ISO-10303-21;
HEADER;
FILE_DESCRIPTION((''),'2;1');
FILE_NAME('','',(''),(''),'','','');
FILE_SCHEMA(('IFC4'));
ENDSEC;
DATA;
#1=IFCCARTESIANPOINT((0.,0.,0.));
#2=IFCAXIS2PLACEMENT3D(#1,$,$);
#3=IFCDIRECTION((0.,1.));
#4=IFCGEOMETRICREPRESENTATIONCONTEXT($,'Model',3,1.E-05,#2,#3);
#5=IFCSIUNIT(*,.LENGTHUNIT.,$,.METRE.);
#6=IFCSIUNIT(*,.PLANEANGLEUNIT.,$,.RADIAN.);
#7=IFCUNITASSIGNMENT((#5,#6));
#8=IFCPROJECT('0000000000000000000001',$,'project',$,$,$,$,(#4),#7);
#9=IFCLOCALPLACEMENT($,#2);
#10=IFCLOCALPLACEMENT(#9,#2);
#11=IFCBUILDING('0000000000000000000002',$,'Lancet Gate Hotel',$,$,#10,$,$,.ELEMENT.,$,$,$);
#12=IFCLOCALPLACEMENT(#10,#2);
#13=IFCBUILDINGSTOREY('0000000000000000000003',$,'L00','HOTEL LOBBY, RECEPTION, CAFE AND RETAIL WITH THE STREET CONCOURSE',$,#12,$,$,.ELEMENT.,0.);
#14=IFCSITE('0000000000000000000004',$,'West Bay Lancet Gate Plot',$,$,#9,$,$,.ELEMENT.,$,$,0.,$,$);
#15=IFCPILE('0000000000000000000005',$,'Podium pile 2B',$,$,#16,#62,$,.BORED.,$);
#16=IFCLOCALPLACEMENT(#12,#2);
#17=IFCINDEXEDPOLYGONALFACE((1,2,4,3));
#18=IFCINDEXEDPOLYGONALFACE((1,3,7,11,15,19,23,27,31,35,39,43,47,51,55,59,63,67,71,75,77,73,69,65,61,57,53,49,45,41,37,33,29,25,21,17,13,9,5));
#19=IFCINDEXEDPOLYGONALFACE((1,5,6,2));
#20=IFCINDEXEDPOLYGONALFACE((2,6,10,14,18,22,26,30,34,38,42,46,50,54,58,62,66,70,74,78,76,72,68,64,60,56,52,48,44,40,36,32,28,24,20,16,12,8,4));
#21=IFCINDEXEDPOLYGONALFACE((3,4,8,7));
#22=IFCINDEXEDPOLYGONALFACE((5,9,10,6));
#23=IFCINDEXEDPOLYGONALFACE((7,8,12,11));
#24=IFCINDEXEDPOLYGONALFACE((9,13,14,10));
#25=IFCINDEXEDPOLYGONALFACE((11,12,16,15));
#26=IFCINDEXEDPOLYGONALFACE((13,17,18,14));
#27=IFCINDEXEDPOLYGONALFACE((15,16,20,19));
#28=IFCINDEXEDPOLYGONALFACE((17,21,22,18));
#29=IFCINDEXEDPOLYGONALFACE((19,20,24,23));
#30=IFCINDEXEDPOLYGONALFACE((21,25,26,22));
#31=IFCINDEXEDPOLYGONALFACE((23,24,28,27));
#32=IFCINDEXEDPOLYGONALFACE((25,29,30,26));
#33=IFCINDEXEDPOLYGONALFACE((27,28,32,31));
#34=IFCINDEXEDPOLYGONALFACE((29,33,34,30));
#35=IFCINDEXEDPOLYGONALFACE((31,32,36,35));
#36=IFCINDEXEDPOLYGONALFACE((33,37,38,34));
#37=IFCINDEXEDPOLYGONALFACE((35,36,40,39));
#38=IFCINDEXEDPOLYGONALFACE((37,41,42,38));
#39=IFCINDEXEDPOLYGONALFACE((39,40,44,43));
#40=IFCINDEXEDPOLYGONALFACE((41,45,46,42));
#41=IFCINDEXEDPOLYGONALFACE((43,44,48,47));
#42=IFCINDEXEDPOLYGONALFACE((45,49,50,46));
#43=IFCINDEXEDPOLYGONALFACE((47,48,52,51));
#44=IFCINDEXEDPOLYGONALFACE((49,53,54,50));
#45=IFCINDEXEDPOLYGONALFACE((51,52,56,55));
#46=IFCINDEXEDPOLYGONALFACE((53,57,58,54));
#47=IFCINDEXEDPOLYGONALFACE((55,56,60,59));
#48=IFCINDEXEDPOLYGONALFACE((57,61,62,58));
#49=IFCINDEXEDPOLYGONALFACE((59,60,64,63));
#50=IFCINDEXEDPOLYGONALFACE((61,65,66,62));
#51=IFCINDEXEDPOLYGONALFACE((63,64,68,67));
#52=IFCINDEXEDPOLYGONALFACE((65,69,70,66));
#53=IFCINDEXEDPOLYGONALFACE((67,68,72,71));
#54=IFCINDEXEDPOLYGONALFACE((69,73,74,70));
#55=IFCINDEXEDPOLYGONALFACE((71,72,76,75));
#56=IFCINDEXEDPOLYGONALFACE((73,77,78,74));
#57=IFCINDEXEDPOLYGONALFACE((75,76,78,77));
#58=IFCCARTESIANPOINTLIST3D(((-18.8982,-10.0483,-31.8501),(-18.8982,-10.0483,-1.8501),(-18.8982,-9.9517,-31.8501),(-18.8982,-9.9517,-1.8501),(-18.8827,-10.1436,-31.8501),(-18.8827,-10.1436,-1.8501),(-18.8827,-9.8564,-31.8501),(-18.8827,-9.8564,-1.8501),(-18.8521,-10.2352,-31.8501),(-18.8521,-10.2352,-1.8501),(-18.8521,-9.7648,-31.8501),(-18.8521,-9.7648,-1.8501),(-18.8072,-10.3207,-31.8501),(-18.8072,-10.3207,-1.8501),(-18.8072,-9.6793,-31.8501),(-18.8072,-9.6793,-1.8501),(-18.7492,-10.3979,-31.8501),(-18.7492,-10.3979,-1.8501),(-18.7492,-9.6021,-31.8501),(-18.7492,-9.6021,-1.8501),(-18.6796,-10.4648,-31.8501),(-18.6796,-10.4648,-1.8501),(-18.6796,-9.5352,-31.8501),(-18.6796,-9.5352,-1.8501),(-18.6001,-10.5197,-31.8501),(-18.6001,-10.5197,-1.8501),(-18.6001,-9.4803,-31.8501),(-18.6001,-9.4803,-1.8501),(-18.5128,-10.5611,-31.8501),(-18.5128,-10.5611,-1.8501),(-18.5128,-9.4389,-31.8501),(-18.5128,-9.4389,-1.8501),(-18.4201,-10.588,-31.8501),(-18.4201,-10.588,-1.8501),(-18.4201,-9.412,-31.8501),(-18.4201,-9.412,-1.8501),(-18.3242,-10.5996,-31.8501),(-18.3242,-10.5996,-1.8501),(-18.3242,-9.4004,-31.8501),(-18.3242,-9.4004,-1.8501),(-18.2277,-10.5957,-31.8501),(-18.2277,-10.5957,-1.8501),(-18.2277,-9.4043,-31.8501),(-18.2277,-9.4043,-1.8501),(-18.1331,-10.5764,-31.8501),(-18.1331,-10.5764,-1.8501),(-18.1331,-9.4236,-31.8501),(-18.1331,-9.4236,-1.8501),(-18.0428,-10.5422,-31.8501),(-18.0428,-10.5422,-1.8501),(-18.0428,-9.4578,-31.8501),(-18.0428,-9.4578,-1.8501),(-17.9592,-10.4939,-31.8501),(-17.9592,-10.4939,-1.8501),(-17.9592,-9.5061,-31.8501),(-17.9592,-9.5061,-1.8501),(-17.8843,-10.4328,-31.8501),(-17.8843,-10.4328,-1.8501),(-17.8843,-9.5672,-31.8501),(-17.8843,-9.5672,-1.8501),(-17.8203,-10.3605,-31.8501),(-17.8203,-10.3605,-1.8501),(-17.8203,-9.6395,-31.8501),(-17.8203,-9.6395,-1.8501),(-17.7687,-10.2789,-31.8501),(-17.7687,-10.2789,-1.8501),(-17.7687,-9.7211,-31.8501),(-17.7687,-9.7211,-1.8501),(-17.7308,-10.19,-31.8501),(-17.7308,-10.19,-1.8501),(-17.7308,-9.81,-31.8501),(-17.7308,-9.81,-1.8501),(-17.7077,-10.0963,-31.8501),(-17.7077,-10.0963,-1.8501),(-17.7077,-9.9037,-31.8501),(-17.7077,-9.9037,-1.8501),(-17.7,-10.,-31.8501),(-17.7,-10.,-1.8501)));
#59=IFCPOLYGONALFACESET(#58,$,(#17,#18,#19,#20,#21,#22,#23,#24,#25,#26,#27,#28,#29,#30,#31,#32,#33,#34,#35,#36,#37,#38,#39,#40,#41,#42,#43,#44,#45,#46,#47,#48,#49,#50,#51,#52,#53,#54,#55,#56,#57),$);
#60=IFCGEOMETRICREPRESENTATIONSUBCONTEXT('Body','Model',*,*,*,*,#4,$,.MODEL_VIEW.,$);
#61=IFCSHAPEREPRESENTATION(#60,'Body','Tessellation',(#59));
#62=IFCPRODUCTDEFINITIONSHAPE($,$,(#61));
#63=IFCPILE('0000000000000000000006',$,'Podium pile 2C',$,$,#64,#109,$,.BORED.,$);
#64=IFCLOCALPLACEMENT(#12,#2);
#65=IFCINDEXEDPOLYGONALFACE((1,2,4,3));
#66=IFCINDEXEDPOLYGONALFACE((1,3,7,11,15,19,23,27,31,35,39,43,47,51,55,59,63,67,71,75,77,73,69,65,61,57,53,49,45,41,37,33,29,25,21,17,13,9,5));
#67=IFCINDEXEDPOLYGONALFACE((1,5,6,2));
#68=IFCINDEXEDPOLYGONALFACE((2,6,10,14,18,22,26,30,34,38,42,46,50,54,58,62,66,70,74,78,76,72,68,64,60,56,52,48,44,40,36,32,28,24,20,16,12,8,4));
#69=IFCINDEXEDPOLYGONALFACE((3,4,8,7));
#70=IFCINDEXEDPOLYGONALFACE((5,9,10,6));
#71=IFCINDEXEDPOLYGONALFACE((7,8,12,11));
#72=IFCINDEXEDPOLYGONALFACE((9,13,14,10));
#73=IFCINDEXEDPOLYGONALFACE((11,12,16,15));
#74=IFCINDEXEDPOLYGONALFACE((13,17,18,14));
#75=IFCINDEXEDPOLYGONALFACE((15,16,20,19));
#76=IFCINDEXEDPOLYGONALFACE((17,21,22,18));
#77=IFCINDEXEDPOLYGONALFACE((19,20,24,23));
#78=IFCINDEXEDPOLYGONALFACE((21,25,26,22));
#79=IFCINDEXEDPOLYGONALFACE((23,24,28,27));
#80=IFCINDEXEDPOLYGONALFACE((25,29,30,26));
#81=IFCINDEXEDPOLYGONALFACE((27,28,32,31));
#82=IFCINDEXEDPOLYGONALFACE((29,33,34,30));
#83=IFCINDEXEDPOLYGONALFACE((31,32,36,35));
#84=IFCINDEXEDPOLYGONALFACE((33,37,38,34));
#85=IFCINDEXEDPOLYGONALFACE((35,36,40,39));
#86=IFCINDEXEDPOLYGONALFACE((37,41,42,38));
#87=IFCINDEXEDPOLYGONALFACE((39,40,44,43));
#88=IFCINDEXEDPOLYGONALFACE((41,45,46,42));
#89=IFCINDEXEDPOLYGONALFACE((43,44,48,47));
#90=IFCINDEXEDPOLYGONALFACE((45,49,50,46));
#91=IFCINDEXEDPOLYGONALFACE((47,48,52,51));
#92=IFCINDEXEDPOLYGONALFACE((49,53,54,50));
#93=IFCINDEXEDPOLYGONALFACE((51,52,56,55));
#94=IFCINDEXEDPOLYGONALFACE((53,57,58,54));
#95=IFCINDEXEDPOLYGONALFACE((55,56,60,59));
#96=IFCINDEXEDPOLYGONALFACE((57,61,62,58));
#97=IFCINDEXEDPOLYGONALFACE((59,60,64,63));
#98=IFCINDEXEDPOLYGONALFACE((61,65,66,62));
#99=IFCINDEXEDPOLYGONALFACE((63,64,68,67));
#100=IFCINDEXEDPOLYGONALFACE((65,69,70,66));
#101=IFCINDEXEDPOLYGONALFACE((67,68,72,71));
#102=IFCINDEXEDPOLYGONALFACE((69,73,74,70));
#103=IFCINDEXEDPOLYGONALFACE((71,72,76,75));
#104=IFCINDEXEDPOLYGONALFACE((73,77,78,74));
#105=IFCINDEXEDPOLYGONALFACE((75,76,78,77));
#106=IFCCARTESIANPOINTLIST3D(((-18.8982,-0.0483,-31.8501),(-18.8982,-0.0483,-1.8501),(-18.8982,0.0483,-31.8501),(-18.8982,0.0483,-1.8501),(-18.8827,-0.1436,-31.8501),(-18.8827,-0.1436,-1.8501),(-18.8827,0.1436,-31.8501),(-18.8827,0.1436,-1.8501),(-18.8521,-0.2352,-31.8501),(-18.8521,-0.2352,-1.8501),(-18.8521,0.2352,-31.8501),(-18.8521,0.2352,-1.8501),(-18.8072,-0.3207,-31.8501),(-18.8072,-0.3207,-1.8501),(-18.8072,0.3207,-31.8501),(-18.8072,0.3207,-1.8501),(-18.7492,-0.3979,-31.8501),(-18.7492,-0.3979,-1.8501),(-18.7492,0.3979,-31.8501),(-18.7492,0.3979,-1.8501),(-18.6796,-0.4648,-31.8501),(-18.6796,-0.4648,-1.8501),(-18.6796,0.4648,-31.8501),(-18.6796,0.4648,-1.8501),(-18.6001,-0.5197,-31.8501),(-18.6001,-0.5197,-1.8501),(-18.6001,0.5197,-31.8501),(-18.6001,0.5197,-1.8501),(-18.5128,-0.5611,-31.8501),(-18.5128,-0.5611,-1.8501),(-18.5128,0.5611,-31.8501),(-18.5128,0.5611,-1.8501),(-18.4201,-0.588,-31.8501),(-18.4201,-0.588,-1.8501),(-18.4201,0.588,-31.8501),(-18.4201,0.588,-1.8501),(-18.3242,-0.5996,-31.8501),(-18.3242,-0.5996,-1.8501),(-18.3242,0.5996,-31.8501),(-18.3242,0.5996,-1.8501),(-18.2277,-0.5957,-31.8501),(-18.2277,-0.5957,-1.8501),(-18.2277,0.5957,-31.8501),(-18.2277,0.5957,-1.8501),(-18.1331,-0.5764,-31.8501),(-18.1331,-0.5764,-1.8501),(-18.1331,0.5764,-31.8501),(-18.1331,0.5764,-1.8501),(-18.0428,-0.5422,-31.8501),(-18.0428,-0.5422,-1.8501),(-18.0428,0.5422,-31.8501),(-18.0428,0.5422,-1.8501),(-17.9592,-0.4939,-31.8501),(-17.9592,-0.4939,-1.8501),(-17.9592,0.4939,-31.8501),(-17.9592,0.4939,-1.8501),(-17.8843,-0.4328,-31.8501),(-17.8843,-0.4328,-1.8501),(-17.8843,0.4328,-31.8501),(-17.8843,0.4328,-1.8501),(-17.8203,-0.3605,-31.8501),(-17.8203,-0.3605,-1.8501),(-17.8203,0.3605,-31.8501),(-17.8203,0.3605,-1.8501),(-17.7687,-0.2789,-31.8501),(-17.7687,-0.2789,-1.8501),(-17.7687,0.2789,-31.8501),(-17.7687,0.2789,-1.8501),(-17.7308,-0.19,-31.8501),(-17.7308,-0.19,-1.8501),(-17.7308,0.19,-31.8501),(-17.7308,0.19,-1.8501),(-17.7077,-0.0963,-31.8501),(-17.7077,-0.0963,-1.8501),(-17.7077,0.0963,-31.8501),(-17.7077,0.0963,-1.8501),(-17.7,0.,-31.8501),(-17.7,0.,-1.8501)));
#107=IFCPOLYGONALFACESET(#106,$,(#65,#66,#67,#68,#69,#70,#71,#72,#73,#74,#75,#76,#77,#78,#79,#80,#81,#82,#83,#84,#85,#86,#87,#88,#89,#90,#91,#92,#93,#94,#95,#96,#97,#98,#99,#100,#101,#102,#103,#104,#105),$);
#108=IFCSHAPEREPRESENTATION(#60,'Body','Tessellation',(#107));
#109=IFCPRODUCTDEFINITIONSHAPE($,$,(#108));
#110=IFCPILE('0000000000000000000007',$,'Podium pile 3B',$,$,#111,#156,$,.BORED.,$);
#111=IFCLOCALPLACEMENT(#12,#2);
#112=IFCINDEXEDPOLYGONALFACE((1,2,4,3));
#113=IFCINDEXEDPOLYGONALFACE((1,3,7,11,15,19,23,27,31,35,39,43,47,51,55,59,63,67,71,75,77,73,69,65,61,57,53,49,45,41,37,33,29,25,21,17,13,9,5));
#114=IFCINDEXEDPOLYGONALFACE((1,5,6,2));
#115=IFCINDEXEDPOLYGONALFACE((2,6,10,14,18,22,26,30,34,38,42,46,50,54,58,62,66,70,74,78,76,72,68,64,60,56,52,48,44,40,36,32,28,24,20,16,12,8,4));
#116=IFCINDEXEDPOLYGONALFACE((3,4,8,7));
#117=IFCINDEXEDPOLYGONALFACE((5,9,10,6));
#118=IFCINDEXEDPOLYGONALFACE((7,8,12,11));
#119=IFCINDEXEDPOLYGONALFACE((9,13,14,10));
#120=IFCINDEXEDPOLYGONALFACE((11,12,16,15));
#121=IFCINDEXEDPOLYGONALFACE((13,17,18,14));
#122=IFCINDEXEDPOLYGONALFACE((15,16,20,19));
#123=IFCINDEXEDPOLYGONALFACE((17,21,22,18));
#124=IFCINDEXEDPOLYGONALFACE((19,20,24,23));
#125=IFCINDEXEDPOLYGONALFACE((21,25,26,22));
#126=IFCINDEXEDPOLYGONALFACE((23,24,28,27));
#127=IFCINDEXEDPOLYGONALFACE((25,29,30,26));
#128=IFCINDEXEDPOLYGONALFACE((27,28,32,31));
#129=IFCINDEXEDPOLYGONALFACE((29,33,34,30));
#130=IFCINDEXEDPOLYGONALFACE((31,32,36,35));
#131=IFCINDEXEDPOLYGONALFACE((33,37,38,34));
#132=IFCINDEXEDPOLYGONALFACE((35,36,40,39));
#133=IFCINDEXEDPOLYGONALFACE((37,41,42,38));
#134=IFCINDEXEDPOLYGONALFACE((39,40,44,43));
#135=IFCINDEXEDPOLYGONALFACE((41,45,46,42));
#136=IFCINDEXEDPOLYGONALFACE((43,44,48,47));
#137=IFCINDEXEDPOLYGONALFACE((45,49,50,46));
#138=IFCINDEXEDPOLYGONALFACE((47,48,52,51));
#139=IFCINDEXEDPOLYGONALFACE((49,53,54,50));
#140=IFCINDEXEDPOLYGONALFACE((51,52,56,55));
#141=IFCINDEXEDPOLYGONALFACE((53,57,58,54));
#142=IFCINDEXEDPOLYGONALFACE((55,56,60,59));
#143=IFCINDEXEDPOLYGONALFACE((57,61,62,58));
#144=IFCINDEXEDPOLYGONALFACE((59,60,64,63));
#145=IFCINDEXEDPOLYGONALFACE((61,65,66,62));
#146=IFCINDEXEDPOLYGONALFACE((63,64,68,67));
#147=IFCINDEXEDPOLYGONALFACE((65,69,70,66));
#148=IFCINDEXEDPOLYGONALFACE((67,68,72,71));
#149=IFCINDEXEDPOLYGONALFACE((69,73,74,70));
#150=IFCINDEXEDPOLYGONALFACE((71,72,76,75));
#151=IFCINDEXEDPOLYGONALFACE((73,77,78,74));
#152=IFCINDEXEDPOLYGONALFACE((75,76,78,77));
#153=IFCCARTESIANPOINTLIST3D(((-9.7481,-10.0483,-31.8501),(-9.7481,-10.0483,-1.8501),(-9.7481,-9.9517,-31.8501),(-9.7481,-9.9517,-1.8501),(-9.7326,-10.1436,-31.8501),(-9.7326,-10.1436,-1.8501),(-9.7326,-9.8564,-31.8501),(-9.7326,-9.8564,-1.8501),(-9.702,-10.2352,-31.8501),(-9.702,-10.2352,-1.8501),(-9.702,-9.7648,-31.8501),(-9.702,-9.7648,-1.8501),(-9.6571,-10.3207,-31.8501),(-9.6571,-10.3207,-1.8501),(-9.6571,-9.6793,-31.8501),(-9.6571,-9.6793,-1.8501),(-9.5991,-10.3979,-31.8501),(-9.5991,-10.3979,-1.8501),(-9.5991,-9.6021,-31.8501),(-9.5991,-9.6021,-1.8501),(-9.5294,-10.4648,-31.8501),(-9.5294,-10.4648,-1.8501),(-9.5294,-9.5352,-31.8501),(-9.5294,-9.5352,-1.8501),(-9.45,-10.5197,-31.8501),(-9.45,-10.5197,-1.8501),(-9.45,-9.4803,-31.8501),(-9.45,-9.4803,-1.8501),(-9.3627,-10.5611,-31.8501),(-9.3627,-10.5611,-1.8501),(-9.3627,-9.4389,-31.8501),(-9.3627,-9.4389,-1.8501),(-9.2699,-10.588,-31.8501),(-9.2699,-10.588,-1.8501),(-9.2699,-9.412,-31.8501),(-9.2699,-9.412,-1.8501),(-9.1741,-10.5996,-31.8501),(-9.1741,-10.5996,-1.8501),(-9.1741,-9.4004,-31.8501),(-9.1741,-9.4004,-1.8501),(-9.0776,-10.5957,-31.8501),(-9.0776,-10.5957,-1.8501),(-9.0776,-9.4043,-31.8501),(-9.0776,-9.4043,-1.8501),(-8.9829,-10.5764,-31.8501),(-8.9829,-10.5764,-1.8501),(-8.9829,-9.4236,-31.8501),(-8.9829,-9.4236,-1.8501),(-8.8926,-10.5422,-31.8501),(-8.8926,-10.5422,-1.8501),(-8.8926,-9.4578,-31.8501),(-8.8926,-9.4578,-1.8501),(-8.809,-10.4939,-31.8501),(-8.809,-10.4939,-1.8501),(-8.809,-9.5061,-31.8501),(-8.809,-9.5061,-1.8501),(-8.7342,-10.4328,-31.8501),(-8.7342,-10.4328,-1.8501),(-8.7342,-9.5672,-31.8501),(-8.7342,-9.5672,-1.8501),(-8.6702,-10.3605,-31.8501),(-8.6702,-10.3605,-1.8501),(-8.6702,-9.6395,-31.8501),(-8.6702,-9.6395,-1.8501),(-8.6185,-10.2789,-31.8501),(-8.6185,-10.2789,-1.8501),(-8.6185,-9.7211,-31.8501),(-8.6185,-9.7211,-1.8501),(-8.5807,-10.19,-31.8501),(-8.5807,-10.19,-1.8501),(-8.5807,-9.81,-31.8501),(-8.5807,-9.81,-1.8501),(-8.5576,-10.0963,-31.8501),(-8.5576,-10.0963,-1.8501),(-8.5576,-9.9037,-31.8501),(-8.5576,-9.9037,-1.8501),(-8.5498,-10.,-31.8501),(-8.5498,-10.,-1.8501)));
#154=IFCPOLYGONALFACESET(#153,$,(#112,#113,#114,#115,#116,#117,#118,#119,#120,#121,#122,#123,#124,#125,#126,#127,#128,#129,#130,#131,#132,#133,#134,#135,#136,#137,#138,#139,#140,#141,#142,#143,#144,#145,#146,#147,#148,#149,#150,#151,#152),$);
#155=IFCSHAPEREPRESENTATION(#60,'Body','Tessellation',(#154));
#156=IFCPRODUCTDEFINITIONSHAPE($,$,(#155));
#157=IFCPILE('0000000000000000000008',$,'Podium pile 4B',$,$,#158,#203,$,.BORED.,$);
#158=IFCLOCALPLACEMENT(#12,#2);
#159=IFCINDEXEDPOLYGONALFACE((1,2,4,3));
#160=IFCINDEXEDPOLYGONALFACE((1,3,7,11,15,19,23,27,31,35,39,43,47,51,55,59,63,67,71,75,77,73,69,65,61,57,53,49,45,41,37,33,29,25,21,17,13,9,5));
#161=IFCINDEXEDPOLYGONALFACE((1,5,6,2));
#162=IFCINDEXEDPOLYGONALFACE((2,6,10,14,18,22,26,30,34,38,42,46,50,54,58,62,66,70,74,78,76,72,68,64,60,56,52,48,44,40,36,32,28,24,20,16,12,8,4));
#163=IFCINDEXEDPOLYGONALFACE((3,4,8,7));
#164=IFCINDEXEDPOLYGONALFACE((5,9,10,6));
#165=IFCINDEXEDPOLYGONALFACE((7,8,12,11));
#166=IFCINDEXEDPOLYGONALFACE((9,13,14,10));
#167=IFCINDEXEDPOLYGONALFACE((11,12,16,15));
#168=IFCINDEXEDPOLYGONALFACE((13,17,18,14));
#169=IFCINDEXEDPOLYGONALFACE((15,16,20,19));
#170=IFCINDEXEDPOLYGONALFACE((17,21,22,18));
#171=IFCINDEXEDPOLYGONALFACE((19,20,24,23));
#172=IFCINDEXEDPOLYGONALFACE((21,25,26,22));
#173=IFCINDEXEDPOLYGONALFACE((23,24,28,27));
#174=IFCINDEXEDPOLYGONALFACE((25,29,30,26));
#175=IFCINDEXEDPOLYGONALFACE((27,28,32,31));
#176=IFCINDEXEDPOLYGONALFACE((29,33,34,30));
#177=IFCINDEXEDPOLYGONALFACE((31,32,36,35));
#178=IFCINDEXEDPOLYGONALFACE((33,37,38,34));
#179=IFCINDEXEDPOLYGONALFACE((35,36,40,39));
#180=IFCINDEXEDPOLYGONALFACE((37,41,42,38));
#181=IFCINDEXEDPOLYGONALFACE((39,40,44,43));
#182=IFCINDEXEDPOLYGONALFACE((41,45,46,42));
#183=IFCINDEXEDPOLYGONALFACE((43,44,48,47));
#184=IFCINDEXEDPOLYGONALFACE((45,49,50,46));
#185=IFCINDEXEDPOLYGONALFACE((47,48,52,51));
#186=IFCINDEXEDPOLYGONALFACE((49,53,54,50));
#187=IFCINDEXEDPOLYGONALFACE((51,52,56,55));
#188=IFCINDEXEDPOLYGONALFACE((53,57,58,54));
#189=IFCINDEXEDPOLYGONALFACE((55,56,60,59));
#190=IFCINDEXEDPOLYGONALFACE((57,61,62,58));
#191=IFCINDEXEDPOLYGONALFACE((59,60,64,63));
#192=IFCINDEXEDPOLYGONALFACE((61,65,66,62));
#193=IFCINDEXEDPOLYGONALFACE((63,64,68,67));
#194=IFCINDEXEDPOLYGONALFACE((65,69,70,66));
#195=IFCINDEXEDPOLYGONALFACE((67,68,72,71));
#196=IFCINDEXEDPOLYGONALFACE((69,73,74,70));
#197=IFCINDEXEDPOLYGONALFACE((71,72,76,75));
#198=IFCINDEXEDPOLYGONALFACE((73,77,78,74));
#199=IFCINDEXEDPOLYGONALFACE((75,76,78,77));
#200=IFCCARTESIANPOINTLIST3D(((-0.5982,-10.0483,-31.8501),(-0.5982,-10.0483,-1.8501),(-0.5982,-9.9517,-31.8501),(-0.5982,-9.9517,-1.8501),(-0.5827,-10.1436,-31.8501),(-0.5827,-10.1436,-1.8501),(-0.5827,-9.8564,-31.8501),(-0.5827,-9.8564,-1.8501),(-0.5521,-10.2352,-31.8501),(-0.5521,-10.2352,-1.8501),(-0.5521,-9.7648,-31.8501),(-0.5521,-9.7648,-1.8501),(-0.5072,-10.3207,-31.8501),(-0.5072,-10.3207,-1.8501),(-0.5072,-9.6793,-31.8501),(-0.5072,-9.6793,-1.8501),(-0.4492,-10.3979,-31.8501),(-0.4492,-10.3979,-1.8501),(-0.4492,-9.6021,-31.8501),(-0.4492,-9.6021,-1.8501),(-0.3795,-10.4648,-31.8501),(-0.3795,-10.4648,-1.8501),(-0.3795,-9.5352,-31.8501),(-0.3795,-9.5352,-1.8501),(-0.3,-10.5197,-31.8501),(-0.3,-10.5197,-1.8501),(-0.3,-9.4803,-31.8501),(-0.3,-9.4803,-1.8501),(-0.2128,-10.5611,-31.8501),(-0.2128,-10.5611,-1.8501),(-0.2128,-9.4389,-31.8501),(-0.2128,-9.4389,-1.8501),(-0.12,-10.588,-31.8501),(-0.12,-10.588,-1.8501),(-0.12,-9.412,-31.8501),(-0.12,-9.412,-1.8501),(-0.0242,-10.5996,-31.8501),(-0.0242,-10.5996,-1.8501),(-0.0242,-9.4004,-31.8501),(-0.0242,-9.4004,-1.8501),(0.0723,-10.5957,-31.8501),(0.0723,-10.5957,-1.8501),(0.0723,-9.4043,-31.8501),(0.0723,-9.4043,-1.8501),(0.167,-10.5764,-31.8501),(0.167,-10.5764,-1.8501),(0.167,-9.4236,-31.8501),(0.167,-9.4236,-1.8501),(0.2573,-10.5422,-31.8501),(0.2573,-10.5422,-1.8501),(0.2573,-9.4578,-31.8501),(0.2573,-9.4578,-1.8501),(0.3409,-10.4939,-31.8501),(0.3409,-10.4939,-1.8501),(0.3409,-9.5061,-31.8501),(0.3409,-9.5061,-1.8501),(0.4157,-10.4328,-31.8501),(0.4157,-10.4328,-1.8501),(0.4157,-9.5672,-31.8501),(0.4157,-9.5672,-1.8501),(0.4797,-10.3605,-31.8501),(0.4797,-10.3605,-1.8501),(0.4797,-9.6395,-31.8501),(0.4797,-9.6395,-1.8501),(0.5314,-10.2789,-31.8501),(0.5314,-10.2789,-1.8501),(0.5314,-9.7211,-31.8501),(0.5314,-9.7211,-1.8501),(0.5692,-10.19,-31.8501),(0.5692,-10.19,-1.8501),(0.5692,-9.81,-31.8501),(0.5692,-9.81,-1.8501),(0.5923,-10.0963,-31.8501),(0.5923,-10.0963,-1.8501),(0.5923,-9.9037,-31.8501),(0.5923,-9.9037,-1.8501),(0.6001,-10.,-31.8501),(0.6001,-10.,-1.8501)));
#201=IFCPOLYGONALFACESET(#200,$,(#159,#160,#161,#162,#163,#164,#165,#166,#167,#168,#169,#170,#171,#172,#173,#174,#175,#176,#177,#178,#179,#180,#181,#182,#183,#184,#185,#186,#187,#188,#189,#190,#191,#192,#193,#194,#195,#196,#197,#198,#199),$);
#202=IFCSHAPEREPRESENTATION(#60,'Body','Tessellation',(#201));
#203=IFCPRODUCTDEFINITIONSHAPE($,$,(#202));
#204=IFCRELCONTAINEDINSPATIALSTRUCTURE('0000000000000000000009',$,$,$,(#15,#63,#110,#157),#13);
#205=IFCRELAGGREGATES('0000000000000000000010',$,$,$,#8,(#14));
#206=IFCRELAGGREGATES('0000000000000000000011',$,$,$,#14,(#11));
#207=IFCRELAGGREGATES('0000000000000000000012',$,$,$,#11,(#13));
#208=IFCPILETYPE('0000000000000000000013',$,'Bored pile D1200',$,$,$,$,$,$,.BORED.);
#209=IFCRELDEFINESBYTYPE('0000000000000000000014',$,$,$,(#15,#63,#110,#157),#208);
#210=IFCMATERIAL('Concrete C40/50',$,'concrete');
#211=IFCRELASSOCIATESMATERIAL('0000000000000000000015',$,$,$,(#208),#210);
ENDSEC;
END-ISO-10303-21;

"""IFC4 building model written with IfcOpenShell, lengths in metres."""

from ifc_helpers import new_model, si_unit, direction, frame, origin, origin_2d, place, context, subcontext, project, spatial, circle, extrude, material, material_profile, profile_set, type_object, element, save


model = new_model("IFC4")

# Units and contexts
model_context = context("Model", 3, precision=1e-05, world=origin(), true_north=direction((0.0, 1.0)))
body_context = subcontext(model_context, "Body", "Model", "MODEL_VIEW")
ifc_project = project(units=[si_unit("LENGTHUNIT", "METRE"), si_unit("PLANEANGLEUNIT", "RADIAN")], contexts=[model_context])

# Site, building, storey
site_placement = place(None, origin())
site = spatial("IfcSite", under=ifc_project, at=site_placement, Name="West Bay Lancet Gate Plot", CompositionType="ELEMENT", RefElevation=0.0)
building_placement = place(site_placement, origin())
building = spatial("IfcBuilding", under=site, at=building_placement, Name="Lancet Gate Hotel", CompositionType="ELEMENT")
storey_placement = place(building_placement, origin())
storey = spatial("IfcBuildingStorey", under=building, at=storey_placement, Name="L00", Description="HOTEL LOBBY, RECEPTION, CAFE AND RETAIL WITH THE STREET CONCOURSE", CompositionType="ELEMENT", Elevation=0.0)

# Piles
ifc_material_1 = material(Name="Concrete C40/50", Category="concrete")
ifc_material_profile_1 = material_profile(ifc_material_1, circle(Radius=0.6001, at=origin_2d()), Name="PILE D1200")
ifc_profile_set_1 = profile_set([ifc_material_profile_1], Name="Concrete C40/50")
pile_type = type_object("IfcPileType", Name="Bored pile D1200", PredefinedType="BORED", material=ifc_profile_set_1)
for number, where, z_axis, x_axis, name in (
    (1, (-18.3, -10.0, -1.8501), (0.0, 0.0, -1.0), (1.0, 0.0, 0.0), "Podium pile 2B"),
    (2, (-18.3, 0.0, -1.8501), (0.0, 0.0, -1.0), (1.0, 0.0, 0.0), "Podium pile 2C"),
    (3, (-9.1499, -10.0, -1.8501), (0.0, 0.0, -1.0), (1.0, 0.0, 0.0), "Podium pile 3B"),
    (4, (0.0, -10.0, -1.8501), (0.0, 0.0, -1.0), (1.0, 0.0, 0.0), "Podium pile 4B"),
):
    element("IfcPile", number, at=place(storey_placement, frame(where, z_axis=z_axis, x_axis=x_axis)), inside=storey, type_object=pile_type, Name=name, PredefinedType="BORED", context=body_context, shape_type="SweptSolid", body=[
        extrude(circle(Radius=0.6001, at=origin_2d()), origin(), (0.0, 0.0, 1.0), 30.0),
    ])

save(model, "model.ifc")
